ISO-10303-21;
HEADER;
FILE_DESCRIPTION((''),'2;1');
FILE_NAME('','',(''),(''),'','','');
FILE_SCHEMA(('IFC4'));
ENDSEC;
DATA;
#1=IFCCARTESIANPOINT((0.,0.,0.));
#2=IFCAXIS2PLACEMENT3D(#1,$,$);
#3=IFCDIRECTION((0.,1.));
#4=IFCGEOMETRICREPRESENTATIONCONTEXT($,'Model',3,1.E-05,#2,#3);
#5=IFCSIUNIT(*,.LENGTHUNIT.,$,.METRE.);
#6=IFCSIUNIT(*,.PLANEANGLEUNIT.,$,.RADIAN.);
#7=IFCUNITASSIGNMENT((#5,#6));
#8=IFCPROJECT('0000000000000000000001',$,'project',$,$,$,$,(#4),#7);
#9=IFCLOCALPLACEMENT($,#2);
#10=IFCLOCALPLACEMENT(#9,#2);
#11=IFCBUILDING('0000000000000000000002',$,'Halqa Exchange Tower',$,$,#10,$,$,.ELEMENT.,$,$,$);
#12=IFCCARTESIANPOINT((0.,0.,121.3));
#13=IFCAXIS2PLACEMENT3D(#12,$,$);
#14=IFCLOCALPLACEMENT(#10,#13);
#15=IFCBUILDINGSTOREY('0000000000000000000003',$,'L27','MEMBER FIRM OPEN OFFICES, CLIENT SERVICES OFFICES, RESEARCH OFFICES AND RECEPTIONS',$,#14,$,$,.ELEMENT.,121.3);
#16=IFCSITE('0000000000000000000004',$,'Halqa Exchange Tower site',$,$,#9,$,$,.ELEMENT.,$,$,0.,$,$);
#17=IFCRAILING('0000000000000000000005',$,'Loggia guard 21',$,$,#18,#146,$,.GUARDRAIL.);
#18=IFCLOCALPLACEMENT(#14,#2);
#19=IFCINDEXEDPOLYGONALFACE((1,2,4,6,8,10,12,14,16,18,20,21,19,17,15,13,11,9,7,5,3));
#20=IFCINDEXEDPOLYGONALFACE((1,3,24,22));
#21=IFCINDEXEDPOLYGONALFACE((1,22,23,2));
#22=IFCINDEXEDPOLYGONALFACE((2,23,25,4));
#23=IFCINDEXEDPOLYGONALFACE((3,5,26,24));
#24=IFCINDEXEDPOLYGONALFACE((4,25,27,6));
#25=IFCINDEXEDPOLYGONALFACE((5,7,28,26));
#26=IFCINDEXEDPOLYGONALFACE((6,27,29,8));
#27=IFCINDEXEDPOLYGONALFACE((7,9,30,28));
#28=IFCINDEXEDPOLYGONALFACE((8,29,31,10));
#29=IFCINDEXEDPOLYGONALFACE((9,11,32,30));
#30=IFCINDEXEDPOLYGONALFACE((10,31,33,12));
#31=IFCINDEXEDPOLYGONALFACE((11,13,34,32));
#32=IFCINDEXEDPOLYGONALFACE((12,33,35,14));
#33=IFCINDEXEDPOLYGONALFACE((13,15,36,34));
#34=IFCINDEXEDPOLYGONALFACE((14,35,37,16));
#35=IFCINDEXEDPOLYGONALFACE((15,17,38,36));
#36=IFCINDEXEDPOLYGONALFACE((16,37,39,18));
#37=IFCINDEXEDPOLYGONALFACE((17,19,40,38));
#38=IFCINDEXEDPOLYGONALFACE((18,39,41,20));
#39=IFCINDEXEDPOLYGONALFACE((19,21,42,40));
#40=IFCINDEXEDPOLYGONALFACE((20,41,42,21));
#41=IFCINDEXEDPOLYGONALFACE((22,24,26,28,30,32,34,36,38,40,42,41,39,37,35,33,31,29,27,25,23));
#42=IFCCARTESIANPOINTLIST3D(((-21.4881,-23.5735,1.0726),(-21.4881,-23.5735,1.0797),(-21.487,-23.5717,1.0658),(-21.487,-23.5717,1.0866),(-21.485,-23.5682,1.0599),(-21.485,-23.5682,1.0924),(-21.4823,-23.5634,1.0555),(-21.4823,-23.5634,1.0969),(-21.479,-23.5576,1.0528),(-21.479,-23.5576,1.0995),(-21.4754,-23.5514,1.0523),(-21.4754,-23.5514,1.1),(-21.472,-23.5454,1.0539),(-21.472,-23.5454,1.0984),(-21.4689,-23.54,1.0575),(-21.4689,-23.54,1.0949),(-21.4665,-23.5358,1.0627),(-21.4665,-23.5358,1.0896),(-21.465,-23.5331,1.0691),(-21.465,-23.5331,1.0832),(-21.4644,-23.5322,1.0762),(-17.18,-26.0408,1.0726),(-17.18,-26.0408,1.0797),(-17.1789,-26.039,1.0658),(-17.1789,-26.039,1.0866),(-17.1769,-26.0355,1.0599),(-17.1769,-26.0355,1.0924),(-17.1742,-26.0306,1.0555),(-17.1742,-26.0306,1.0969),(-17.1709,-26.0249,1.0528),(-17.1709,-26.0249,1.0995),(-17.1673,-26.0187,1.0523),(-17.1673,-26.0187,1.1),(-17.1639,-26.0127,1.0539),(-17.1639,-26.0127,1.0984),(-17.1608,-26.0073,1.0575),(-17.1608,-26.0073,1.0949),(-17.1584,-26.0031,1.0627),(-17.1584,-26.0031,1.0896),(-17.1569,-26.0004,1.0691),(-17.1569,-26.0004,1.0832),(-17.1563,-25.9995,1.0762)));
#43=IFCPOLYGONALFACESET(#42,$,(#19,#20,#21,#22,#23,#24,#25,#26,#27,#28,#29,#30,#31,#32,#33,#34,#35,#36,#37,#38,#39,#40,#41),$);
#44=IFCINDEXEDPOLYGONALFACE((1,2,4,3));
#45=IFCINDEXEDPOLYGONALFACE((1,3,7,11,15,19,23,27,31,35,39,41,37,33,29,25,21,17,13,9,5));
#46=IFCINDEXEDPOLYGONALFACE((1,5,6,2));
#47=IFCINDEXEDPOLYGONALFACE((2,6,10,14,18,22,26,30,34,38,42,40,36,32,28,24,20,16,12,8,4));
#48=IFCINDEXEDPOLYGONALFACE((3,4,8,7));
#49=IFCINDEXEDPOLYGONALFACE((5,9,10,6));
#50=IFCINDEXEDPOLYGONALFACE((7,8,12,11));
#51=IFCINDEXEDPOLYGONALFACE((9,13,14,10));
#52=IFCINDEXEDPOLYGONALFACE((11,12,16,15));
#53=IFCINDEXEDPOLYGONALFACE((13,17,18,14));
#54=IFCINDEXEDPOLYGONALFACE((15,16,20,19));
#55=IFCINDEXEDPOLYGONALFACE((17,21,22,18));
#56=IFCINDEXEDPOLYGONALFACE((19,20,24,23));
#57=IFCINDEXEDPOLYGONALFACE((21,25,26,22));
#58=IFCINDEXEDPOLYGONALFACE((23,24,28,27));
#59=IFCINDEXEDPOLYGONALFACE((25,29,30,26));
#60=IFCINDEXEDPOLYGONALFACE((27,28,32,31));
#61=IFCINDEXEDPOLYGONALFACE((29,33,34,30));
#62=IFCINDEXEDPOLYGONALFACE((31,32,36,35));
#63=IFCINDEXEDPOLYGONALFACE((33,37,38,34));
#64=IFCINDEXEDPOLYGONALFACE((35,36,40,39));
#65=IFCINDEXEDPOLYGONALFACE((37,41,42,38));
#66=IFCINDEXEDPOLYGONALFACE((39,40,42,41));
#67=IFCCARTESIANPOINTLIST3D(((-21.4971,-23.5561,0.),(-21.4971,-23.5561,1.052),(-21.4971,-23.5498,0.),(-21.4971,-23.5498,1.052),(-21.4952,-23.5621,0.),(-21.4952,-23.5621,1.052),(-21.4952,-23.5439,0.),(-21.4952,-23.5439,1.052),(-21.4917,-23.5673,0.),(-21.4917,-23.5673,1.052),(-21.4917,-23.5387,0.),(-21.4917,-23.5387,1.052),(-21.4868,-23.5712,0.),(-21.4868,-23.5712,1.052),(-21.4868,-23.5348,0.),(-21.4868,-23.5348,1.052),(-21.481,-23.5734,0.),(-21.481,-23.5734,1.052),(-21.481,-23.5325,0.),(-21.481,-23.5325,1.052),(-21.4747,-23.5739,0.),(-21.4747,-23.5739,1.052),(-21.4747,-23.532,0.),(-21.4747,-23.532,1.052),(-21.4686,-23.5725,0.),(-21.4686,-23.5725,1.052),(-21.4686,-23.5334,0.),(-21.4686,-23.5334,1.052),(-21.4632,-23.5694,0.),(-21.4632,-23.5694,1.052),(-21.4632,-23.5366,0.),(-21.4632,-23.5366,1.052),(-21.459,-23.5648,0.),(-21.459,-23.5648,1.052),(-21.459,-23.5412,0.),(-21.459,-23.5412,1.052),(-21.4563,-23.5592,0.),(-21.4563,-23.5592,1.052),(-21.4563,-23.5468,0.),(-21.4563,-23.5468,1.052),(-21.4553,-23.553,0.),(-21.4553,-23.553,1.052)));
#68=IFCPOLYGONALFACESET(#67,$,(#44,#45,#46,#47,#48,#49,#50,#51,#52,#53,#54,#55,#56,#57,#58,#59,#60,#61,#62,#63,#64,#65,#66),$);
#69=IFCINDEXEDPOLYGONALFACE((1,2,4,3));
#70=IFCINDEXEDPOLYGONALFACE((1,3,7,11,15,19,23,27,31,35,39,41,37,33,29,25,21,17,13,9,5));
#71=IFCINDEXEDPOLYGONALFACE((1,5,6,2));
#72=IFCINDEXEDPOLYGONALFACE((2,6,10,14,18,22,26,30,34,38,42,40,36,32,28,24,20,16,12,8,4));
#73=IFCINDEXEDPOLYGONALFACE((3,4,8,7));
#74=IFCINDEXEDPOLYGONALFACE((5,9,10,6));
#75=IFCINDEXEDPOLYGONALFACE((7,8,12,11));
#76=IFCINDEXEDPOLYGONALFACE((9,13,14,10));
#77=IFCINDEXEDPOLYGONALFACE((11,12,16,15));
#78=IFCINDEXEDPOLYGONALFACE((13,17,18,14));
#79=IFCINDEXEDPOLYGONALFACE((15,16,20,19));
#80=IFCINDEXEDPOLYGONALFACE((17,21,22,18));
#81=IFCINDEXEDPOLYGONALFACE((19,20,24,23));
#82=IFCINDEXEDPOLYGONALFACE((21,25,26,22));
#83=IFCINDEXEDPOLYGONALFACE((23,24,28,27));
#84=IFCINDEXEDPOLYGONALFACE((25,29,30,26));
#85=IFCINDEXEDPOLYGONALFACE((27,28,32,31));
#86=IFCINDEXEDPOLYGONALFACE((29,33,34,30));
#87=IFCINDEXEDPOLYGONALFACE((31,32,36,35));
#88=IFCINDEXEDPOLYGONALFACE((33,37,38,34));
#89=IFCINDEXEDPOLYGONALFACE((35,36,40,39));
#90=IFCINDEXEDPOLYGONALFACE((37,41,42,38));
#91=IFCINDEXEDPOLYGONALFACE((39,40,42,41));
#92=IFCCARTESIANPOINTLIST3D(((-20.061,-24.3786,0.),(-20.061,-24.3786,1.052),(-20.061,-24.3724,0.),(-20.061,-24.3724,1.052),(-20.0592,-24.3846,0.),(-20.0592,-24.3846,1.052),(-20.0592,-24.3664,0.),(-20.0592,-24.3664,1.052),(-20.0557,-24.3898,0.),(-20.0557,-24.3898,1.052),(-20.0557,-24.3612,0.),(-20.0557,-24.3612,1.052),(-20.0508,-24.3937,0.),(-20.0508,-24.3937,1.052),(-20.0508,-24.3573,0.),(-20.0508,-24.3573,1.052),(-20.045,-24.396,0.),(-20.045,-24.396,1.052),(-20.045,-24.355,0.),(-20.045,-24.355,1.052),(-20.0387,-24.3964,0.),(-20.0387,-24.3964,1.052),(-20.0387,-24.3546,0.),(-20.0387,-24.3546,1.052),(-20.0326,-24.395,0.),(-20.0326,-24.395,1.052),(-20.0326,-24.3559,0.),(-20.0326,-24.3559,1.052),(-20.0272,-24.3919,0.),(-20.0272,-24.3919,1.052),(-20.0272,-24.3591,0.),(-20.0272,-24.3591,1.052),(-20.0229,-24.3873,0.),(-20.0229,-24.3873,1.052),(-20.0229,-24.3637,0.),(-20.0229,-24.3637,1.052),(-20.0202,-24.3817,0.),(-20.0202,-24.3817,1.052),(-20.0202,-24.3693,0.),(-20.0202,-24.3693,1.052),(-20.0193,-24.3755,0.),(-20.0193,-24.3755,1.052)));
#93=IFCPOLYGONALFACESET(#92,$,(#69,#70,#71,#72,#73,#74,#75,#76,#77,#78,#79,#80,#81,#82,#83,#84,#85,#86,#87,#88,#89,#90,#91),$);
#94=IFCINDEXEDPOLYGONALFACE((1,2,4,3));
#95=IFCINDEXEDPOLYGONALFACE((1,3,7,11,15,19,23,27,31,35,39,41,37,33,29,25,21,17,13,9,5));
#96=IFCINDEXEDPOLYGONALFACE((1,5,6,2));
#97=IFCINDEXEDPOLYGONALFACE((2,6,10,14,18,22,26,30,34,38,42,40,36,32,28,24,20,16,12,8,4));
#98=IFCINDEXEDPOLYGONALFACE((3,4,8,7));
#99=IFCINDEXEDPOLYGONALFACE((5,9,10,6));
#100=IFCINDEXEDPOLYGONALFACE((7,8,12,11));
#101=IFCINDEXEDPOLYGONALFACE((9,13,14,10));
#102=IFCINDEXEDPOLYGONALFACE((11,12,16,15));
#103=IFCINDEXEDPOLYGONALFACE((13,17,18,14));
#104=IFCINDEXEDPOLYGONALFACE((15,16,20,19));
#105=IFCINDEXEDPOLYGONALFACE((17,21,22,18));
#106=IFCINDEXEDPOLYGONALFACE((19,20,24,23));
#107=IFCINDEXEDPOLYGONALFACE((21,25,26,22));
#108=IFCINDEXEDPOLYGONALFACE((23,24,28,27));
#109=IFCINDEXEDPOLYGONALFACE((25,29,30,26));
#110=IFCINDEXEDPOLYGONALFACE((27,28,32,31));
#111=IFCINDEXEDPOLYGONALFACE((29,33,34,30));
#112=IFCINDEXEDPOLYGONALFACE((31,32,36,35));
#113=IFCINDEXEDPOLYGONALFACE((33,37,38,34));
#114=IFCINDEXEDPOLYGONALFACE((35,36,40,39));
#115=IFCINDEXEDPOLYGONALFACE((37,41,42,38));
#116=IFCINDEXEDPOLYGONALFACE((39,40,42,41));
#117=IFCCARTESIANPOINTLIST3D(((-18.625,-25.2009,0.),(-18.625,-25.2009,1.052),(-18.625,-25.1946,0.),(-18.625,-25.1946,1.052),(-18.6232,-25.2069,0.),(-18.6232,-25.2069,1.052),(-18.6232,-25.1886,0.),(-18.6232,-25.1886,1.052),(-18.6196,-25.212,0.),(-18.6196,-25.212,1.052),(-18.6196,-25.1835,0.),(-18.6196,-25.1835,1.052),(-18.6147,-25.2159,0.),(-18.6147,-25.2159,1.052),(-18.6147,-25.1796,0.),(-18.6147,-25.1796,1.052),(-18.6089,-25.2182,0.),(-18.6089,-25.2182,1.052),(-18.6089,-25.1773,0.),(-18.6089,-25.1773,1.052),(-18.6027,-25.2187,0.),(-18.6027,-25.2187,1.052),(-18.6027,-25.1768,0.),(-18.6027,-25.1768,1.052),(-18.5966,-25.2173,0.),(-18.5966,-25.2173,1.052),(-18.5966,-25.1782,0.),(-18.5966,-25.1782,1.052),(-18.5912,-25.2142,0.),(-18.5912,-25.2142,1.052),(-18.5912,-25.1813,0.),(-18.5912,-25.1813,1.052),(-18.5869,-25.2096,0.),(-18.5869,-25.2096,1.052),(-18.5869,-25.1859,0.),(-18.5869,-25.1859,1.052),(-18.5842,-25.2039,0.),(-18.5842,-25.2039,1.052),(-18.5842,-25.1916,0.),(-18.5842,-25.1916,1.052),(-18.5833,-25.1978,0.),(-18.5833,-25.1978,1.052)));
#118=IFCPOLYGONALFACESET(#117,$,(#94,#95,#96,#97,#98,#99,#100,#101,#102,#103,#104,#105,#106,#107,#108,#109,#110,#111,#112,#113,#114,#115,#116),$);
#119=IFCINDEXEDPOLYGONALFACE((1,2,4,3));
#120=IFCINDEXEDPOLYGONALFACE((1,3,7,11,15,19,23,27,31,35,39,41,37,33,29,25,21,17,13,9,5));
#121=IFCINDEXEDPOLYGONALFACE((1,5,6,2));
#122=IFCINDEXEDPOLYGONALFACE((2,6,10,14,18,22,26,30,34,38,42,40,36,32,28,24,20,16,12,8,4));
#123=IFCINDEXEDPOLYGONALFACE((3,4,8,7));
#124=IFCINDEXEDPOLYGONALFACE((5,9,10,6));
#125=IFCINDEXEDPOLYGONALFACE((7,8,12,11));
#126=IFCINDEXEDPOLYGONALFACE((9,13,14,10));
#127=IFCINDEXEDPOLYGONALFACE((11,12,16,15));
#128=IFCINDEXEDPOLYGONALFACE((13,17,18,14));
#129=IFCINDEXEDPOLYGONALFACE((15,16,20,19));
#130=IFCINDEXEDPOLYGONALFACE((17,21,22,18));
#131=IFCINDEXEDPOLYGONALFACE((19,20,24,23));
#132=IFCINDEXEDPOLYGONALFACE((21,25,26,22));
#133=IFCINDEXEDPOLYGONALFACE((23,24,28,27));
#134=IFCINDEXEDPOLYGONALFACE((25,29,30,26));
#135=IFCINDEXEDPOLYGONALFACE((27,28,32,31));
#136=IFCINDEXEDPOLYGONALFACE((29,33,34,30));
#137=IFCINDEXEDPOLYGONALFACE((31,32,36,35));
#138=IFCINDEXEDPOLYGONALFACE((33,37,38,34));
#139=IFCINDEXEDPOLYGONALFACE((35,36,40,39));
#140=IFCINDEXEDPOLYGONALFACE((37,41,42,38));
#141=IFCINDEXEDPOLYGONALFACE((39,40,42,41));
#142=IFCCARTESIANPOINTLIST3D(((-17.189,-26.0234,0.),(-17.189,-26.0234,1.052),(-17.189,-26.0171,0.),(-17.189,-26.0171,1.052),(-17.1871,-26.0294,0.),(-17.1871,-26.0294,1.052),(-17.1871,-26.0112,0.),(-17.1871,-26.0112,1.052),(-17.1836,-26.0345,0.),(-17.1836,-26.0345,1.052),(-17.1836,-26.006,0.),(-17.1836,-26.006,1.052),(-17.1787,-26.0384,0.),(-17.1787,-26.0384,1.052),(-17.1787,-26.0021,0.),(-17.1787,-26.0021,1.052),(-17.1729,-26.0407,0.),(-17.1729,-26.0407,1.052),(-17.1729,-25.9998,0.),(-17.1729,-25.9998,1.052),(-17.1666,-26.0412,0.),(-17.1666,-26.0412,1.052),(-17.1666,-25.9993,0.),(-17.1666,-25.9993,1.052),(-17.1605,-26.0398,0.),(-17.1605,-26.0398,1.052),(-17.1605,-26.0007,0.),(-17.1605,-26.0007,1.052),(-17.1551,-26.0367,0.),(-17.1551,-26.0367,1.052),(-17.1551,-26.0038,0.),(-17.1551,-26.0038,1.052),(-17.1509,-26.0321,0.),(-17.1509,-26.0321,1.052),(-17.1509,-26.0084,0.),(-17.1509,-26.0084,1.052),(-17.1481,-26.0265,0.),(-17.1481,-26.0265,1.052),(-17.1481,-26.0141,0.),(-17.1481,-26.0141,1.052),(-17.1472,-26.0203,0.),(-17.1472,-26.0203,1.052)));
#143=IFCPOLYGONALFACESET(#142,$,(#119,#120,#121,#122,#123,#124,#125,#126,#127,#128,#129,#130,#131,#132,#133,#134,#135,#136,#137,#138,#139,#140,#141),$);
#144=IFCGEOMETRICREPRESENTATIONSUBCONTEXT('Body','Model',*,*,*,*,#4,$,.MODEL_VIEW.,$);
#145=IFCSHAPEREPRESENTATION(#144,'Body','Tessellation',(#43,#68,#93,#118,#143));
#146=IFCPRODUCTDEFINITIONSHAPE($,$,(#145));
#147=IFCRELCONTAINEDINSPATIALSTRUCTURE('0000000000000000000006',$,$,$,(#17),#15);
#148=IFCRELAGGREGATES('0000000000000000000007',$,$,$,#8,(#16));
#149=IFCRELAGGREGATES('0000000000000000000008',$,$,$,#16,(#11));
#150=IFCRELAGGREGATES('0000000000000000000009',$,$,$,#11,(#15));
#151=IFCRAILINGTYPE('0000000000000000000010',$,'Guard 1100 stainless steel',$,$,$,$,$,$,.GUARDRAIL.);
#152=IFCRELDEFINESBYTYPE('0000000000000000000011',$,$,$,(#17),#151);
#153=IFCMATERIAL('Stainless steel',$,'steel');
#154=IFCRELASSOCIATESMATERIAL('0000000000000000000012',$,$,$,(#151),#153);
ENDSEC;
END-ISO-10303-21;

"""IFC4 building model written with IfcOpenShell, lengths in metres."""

from ifc_helpers import new_model, si_unit, direction, frame, origin, origin_2d, place, context, subcontext, project, spatial, circle, extrude, material, type_object, element, save


model = new_model("IFC4")

# Units and contexts
model_context = context("Model", 3, precision=1e-05, world=origin(), true_north=direction((0.0, 1.0)))
body_context = subcontext(model_context, "Body", "Model", "MODEL_VIEW")
ifc_project = project(units=[si_unit("LENGTHUNIT", "METRE"), si_unit("PLANEANGLEUNIT", "RADIAN")], contexts=[model_context])

# Site, building, storey
site_placement = place(None, origin())
site = spatial("IfcSite", under=ifc_project, at=site_placement, Name="Halqa Exchange Tower site", CompositionType="ELEMENT", RefElevation=0.0)
building_placement = place(site_placement, origin())
building = spatial("IfcBuilding", under=site, at=building_placement, Name="Halqa Exchange Tower", CompositionType="ELEMENT")
storey_placement = place(building_placement, frame((0.0, 0.0, 121.3)))
storey = spatial("IfcBuildingStorey", under=building, at=storey_placement, Name="L27", Description="MEMBER FIRM OPEN OFFICES, CLIENT SERVICES OFFICES, RESEARCH OFFICES AND RECEPTIONS", CompositionType="ELEMENT", Elevation=121.3)

# Railing
ifc_material_1 = material(Name="Stainless steel", Category="steel")
railing_type = type_object("IfcRailingType", Name="Guard 1100 stainless steel", PredefinedType="GUARDRAIL", material=ifc_material_1)
railing_1_placement = place(storey_placement, frame((-21.4763, -23.553, 0.0)))
element("IfcRailing", 1, at=railing_1_placement, inside=storey, type_object=railing_type, Name="Loggia guard 21", PredefinedType="GUARDRAIL", context=body_context, shape_type="SweptSolid", body=[
    extrude(circle(Radius=0.0239, at=origin_2d()), frame((0.0, 0.0, 1.0762), z_axis=(0.867765, -0.496975, 0.0), x_axis=(0.496975, 0.867765, 0.0)), (0.0, 0.0, 1.0), 4.9646),
    extrude(circle(Radius=0.021, at=origin_2d()), origin(), (0.0, 0.0, 1.0), 1.052),
    extrude(circle(Radius=0.021, at=origin_2d()), frame((1.436, -0.8225, 0.0)), (0.0, 0.0, 1.0), 1.052),
    extrude(circle(Radius=0.021, at=origin_2d()), frame((2.8721, -1.6448, 0.0)), (0.0, 0.0, 1.0), 1.052),
    extrude(circle(Radius=0.021, at=origin_2d()), frame((4.3081, -2.4673, 0.0)), (0.0, 0.0, 1.0), 1.052),
])

save(model, "model.ifc")
